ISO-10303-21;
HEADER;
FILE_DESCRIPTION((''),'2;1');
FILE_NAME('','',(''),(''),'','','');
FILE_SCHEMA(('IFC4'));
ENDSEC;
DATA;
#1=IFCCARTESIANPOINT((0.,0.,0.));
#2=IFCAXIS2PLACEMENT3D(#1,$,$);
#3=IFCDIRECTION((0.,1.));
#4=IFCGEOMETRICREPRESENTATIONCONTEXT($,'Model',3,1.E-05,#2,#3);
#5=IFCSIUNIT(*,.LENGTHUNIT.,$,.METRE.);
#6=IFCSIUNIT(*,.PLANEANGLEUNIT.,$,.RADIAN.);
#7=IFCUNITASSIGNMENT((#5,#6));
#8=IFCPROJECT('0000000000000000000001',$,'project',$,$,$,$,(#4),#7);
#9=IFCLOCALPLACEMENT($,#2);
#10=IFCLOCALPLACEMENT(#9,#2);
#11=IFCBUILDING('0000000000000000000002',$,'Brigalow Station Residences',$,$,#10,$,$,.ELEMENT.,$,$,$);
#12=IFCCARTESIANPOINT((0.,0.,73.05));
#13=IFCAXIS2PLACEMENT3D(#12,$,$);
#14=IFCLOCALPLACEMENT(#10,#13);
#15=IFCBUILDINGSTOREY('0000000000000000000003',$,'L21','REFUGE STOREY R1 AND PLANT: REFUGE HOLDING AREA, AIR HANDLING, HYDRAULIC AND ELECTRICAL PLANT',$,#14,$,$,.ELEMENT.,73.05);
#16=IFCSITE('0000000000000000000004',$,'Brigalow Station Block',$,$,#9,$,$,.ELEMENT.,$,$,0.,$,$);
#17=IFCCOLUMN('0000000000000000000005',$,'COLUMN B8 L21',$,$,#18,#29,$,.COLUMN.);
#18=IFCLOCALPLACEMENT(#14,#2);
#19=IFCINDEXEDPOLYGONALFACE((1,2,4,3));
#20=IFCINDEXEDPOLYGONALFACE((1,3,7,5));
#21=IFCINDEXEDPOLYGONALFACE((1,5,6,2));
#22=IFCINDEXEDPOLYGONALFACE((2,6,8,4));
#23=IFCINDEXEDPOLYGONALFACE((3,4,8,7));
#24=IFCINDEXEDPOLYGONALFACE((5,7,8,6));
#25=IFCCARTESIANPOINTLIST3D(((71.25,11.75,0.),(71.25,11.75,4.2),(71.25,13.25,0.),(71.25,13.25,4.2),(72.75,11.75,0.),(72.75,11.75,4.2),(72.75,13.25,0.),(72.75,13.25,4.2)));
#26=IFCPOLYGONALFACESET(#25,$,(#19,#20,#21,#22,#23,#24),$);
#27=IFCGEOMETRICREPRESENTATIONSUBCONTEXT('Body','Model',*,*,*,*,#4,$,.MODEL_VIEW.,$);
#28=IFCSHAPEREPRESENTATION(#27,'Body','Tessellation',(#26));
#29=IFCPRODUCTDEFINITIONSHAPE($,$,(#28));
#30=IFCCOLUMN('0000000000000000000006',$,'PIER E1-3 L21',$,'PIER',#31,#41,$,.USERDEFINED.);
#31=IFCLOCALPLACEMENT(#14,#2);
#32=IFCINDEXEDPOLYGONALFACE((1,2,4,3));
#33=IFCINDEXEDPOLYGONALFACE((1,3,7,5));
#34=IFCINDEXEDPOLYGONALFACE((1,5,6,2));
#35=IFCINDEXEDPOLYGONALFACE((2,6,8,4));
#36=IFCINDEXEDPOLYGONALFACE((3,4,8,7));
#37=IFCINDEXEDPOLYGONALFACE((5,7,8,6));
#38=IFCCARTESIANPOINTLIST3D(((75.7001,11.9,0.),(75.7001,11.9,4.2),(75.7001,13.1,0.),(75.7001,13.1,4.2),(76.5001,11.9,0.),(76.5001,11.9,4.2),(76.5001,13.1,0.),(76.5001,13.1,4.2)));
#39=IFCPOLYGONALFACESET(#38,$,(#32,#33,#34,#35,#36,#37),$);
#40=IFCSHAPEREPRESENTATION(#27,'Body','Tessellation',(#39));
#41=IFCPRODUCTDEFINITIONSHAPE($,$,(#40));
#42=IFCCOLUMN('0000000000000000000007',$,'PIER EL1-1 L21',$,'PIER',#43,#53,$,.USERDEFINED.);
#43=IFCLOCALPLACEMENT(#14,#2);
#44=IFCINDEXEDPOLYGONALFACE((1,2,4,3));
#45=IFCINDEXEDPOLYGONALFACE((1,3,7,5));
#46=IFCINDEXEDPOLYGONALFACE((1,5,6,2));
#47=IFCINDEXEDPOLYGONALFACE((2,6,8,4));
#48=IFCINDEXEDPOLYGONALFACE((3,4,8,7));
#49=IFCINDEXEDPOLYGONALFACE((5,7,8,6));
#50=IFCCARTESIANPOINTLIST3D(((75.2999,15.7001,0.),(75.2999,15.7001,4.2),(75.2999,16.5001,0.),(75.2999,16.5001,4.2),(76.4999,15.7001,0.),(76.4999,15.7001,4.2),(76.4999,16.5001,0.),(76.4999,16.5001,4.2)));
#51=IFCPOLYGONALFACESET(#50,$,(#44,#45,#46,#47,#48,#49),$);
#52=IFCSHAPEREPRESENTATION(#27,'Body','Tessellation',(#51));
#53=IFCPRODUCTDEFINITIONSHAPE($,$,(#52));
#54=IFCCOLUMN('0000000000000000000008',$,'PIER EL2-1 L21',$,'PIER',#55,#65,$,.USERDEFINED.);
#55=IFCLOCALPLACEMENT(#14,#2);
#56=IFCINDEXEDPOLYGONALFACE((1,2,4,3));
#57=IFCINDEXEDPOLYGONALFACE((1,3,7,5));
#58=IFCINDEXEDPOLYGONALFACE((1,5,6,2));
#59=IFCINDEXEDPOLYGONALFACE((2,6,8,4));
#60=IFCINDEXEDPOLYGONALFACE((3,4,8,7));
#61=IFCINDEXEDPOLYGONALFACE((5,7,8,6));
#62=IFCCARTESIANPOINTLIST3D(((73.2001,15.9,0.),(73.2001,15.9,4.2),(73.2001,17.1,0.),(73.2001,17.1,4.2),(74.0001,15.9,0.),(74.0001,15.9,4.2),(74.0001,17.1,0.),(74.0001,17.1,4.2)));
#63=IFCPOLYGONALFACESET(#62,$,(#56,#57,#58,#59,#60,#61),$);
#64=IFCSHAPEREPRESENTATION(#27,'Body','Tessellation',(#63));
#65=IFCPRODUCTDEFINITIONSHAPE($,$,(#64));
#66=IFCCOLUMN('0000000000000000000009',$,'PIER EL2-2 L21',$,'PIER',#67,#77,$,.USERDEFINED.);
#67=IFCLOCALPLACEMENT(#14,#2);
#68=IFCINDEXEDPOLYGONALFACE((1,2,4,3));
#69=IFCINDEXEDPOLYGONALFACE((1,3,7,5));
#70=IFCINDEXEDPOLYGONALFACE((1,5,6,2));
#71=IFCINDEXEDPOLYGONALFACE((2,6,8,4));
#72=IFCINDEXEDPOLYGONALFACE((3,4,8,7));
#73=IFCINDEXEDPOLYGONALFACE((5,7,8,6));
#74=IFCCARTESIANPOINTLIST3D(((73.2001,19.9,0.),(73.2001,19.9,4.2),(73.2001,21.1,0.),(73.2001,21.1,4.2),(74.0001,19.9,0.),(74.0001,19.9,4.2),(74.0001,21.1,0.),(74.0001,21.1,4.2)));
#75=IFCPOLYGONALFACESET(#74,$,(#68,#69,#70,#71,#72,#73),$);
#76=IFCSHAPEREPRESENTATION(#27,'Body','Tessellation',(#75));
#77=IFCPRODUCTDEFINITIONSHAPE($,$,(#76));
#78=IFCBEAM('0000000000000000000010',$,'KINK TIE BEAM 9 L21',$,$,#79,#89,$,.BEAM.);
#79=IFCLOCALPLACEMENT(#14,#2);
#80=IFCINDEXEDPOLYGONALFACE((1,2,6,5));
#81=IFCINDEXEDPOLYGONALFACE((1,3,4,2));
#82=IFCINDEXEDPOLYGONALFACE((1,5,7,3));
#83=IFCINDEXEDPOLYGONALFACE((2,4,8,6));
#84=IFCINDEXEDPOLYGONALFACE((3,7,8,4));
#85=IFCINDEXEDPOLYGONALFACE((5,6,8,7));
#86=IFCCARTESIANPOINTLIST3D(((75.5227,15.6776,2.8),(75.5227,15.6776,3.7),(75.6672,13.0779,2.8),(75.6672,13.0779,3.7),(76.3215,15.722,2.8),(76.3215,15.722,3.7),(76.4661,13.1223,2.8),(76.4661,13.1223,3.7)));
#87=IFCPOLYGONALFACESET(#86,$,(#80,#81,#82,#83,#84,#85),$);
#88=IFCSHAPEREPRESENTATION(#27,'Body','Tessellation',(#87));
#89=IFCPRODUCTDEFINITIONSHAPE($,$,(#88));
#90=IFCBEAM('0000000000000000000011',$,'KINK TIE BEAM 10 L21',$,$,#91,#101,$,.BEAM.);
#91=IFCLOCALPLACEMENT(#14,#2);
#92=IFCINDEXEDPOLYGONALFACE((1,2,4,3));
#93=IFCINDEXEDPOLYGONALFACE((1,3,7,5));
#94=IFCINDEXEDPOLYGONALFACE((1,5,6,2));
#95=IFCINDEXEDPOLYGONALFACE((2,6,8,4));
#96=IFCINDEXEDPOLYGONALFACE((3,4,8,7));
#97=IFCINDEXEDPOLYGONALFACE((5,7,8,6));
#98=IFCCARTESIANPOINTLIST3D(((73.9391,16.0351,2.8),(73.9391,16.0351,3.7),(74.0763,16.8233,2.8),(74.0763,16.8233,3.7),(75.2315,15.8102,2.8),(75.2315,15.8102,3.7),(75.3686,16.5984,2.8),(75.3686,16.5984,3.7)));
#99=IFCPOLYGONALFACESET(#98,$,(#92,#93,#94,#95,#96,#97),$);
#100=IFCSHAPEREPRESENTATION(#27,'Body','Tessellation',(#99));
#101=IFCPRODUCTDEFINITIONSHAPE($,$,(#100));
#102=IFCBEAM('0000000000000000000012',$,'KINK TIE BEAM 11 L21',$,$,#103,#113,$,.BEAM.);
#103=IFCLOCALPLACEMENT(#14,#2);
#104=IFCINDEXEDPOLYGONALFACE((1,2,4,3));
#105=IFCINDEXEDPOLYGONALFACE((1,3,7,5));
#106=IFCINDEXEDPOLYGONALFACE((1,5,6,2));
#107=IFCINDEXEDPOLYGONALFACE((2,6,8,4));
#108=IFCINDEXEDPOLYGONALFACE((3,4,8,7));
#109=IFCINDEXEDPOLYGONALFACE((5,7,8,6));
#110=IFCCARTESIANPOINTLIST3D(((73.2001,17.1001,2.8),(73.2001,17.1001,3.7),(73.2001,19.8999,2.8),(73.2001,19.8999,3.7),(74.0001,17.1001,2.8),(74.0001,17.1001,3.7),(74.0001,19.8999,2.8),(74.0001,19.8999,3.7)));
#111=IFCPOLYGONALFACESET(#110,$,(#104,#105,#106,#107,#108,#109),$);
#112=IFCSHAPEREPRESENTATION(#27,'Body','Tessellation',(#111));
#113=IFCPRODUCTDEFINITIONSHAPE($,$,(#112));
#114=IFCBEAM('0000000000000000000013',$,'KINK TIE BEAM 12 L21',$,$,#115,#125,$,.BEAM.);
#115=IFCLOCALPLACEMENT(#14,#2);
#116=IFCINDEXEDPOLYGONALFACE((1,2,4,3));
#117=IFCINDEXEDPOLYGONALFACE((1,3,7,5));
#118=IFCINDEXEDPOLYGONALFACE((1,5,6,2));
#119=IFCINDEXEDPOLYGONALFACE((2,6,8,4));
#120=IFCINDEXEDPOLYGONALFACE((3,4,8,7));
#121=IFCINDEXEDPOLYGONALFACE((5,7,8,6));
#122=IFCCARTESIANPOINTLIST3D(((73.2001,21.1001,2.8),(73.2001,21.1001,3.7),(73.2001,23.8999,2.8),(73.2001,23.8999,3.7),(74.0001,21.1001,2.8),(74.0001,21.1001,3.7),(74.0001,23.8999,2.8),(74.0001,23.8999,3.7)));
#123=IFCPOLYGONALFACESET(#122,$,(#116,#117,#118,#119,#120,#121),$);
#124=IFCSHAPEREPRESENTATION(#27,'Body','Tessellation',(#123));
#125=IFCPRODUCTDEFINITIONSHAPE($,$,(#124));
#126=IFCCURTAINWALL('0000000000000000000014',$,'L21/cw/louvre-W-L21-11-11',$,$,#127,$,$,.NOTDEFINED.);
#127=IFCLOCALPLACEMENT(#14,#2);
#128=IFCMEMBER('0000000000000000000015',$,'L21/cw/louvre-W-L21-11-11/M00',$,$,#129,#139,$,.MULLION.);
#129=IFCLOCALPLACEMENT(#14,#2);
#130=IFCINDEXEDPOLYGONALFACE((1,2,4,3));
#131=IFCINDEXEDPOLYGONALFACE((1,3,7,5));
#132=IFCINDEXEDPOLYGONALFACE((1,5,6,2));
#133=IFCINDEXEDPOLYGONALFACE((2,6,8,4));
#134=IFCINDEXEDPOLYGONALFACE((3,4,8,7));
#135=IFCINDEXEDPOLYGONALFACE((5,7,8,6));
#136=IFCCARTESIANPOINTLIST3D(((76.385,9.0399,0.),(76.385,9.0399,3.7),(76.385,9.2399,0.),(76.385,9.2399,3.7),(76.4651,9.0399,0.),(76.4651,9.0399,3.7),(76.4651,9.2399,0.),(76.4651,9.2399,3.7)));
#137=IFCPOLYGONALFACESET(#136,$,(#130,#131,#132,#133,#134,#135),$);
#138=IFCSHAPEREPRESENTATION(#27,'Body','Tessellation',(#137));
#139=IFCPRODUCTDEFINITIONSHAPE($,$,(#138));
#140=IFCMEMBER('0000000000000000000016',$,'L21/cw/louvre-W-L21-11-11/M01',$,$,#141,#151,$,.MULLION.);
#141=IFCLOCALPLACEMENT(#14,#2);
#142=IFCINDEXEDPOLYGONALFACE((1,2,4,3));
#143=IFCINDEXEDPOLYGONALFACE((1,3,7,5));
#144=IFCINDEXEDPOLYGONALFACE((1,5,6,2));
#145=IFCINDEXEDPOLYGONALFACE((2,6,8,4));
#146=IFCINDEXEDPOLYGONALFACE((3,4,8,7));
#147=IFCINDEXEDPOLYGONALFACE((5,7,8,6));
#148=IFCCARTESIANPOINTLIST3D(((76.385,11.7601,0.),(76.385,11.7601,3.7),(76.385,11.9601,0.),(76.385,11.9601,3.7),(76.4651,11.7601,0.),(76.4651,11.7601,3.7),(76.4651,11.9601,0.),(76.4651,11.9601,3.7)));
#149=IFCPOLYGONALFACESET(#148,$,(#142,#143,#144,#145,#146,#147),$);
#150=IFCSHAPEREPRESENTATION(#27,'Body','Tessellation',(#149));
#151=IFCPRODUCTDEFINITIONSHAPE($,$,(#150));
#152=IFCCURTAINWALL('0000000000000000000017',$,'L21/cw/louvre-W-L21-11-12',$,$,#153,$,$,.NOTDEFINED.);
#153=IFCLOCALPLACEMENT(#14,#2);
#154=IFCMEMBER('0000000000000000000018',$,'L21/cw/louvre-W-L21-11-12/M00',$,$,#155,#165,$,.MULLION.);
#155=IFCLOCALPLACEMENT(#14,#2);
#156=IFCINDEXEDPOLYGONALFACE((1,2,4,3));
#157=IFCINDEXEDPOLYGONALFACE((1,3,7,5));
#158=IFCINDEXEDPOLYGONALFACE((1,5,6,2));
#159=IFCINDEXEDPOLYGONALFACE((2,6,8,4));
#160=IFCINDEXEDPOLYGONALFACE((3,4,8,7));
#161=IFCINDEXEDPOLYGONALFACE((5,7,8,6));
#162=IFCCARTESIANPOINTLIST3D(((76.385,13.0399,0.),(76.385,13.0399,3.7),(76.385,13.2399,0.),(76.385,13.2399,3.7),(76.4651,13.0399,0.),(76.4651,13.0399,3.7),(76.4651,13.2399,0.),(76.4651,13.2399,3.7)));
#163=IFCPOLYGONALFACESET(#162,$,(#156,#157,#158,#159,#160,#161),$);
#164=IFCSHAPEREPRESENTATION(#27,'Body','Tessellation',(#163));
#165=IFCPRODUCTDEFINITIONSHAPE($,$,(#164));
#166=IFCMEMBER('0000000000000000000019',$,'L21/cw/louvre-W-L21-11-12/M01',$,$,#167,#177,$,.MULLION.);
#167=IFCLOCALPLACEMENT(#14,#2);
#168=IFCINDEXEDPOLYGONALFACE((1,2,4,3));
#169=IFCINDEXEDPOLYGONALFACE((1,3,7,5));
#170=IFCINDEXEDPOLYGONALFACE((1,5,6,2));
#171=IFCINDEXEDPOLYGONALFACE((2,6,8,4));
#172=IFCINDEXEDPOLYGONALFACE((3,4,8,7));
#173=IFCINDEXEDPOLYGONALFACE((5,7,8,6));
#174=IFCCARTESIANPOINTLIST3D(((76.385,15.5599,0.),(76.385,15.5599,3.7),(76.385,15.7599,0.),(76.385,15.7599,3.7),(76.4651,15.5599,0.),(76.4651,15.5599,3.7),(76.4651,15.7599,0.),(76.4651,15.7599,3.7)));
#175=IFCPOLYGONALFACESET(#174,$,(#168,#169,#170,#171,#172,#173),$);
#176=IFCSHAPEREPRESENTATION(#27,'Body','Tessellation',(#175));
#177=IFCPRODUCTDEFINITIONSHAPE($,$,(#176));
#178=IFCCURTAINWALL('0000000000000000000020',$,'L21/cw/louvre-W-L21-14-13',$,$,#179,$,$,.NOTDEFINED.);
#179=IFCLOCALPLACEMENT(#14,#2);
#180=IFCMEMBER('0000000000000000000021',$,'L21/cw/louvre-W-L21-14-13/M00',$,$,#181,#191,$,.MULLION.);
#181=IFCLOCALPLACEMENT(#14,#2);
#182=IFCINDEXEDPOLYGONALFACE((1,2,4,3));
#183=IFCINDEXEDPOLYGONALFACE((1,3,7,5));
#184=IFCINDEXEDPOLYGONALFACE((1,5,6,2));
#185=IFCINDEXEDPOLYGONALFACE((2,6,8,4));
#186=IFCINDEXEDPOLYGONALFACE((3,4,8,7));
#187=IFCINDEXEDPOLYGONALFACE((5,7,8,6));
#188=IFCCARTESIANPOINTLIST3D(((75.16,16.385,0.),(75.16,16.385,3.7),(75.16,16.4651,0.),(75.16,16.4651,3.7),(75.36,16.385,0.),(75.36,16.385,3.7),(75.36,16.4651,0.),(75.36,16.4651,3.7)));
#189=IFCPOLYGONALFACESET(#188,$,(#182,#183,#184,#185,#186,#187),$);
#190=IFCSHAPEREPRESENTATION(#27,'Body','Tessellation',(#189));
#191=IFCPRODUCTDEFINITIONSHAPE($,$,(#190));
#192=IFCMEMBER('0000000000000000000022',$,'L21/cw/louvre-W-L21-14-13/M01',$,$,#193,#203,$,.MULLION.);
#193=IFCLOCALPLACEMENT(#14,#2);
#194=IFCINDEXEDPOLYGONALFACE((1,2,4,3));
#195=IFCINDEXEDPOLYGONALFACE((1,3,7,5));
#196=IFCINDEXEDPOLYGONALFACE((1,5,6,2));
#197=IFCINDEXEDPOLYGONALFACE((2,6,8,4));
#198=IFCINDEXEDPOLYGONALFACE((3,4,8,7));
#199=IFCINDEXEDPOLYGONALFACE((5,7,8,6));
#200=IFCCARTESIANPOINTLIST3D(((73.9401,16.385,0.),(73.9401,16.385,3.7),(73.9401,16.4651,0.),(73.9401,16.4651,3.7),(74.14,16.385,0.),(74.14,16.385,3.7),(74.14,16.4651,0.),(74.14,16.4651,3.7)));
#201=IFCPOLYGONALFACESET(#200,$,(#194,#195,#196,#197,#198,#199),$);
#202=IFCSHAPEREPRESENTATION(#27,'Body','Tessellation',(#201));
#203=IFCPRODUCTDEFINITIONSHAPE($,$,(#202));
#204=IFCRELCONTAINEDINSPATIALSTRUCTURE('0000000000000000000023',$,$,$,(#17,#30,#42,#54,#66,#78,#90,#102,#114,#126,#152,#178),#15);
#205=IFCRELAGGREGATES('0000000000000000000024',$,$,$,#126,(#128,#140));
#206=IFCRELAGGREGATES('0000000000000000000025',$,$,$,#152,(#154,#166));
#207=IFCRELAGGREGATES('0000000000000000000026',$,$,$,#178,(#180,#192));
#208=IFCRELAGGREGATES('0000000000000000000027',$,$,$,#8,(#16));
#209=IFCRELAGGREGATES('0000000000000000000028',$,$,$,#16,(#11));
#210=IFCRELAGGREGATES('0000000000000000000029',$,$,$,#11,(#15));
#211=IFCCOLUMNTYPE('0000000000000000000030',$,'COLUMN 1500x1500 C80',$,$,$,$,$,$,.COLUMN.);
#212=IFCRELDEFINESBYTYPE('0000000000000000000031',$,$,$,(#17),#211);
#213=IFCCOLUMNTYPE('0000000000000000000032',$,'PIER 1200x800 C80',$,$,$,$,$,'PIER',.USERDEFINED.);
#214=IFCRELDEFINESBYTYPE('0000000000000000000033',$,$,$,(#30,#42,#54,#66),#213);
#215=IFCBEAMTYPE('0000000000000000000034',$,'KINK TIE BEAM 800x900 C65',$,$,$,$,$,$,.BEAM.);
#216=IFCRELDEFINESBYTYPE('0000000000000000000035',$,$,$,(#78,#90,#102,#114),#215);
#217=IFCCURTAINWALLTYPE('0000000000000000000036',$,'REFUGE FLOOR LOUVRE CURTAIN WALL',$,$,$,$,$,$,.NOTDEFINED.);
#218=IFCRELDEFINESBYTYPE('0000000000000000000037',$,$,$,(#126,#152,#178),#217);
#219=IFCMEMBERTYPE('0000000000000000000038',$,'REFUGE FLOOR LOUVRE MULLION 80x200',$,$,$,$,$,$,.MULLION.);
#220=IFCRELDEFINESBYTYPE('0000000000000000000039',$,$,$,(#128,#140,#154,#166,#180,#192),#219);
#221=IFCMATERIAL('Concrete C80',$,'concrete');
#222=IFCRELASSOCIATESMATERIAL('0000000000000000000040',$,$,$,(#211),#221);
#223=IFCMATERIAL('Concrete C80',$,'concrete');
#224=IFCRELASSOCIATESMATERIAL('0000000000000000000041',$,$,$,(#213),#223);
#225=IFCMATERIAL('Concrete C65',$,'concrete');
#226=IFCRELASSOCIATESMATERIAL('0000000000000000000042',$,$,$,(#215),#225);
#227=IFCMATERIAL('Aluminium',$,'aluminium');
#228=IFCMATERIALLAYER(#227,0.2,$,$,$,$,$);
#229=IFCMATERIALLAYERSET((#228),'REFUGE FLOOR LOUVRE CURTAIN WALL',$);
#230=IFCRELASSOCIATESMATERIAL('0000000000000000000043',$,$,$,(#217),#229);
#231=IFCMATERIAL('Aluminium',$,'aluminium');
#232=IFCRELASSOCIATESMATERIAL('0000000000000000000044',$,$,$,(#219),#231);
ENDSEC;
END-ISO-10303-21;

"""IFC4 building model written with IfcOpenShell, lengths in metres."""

from ifc_helpers import new_model, si_unit, direction, frame, origin, origin_2d, place, context, subcontext, project, spatial, rectangle, extrude, material, layer, layer_set, material_profile, profile_set, type_object, element, aggregate, save


model = new_model("IFC4")

# Units and contexts
model_context = context("Model", 3, precision=1e-05, world=origin(), true_north=direction((0.0, 1.0)))
body_context = subcontext(model_context, "Body", "Model", "MODEL_VIEW")
ifc_project = project(units=[si_unit("LENGTHUNIT", "METRE"), si_unit("PLANEANGLEUNIT", "RADIAN")], contexts=[model_context])

# Site, building, storey
site_placement = place(None, origin())
site = spatial("IfcSite", under=ifc_project, at=site_placement, Name="Brigalow Station Block", CompositionType="ELEMENT", RefElevation=0.0)
building_placement = place(site_placement, origin())
building = spatial("IfcBuilding", under=site, at=building_placement, Name="Brigalow Station Residences", CompositionType="ELEMENT")
storey_placement = place(building_placement, frame((0.0, 0.0, 73.05)))
storey = spatial("IfcBuildingStorey", under=building, at=storey_placement, Name="L21", Description="REFUGE STOREY R1 AND PLANT: REFUGE HOLDING AREA, AIR HANDLING, HYDRAULIC AND ELECTRICAL PLANT", CompositionType="ELEMENT", Elevation=73.05)

# Columns
ifc_material_1 = material(Name="Concrete C80", Category="concrete")
ifc_material_profile_1 = material_profile(ifc_material_1, rectangle(XDim=1.5, YDim=1.5, at=origin_2d()), Name="RC1500x1500")
ifc_profile_set_1 = profile_set([ifc_material_profile_1], Name="Concrete C80")
column_type_1 = type_object("IfcColumnType", Name="COLUMN 1500x1500 C80", PredefinedType="COLUMN", material=ifc_profile_set_1)
column_placement = place(storey_placement, frame((72.0, 12.5, 0.0), z_axis=(0.0, 0.0, 1.0), x_axis=(1.0, 0.0, 0.0)))
element("IfcColumn", 1, at=column_placement, inside=storey, type_object=column_type_1, Name="COLUMN B8 L21", PredefinedType="COLUMN", context=body_context, shape_type="SweptSolid", body=[
    extrude(rectangle(XDim=1.5, YDim=1.5, at=origin_2d()), origin(), (0.0, 0.0, 1.0), 4.2),
])
ifc_material_2 = material(Name="Concrete C80", Category="concrete")
ifc_material_profile_2 = material_profile(ifc_material_2, rectangle(XDim=1.2, YDim=0.8, at=origin_2d()), Name="RC1200x800")
ifc_profile_set_2 = profile_set([ifc_material_profile_2], Name="Concrete C80")
column_type_2 = type_object("IfcColumnType", Name="PIER 1200x800 C80", ElementType="PIER", PredefinedType="USERDEFINED", material=ifc_profile_set_2)
for number, where, z_axis, x_axis, name in (
    (2, (76.1001, 12.5, 0.0), (0.0, 0.0, 1.0), (0.0, 1.0, 0.0), "PIER E1-3 L21"),
    (3, (75.8999, 16.1001, 0.0), (0.0, 0.0, 1.0), (-1.0, 0.0, 0.0), "PIER EL1-1 L21"),
    (4, (73.6001, 16.5, 0.0), (0.0, 0.0, 1.0), (0.0, 1.0, 0.0), "PIER EL2-1 L21"),
    (5, (73.6001, 20.5, 0.0), (0.0, 0.0, 1.0), (0.0, 1.0, 0.0), "PIER EL2-2 L21"),
):
    element("IfcColumn", number, at=place(storey_placement, frame(where, z_axis=z_axis, x_axis=x_axis)), inside=storey, type_object=column_type_2, Name=name, ObjectType="PIER", PredefinedType="USERDEFINED", context=body_context, shape_type="SweptSolid", body=[
        extrude(rectangle(XDim=1.2, YDim=0.8, at=origin_2d()), origin(), (0.0, 0.0, 1.0), 4.2),
    ])

# Beams
ifc_material_3 = material(Name="Concrete C65", Category="concrete")
ifc_material_profile_3 = material_profile(ifc_material_3, rectangle(XDim=0.8, YDim=0.8999, at=origin_2d()), Name="RC800x900")
ifc_profile_set_3 = profile_set([ifc_material_profile_3], Name="Concrete C65")
beam_type = type_object("IfcBeamType", Name="KINK TIE BEAM 800x900 C65", PredefinedType="BEAM", material=ifc_profile_set_3)
beam_1_placement = place(storey_placement, frame((76.0667, 13.1001, 3.25), z_axis=(-0.055506, 0.998458, 0.0), x_axis=(-0.998458, -0.055506, 0.0)))
element("IfcBeam", 6, at=beam_1_placement, inside=storey, type_object=beam_type, Name="KINK TIE BEAM 9 L21", PredefinedType="BEAM", context=body_context, shape_type="SweptSolid", body=[
    extrude(rectangle(XDim=0.8, YDim=0.8999, at=origin_2d()), origin(), (0.0, 0.0, 1.0), 2.6038),
])
beam_2_placement = place(storey_placement, frame((75.3, 16.2043, 3.25), z_axis=(-0.985197, 0.171428, 0.0), x_axis=(-0.171428, -0.985197, 0.0)))
element("IfcBeam", 7, at=beam_2_placement, inside=storey, type_object=beam_type, Name="KINK TIE BEAM 10 L21", PredefinedType="BEAM", context=body_context, shape_type="SweptSolid", body=[
    extrude(rectangle(XDim=0.8, YDim=0.8999, at=origin_2d()), origin(), (0.0, 0.0, 1.0), 1.3118),
])
for number, where, z_axis, x_axis, name in (
    (8, (73.6001, 17.1001, 3.25), (0.0, 1.0, 0.0), (-1.0, 0.0, 0.0), "KINK TIE BEAM 11 L21"),
    (9, (73.6001, 21.1001, 3.25), (0.0, 1.0, 0.0), (-1.0, 0.0, 0.0), "KINK TIE BEAM 12 L21"),
):
    element("IfcBeam", number, at=place(storey_placement, frame(where, z_axis=z_axis, x_axis=x_axis)), inside=storey, type_object=beam_type, Name=name, PredefinedType="BEAM", context=body_context, shape_type="SweptSolid", body=[
        extrude(rectangle(XDim=0.8, YDim=0.8999, at=origin_2d()), origin(), (0.0, 0.0, 1.0), 2.7998),
    ])

# Curtain walls, members
ifc_material_4 = material(Name="Aluminium", Category="aluminium")
ifc_layer_1 = layer(ifc_material_4, 0.2)
ifc_layer_set_1 = layer_set([ifc_layer_1], Name="REFUGE FLOOR LOUVRE CURTAIN WALL")
curtain_wall_type = type_object("IfcCurtainWallType", Name="REFUGE FLOOR LOUVRE CURTAIN WALL", PredefinedType="NOTDEFINED", material=ifc_layer_set_1)
curtain_wall_1_placement = place(storey_placement, origin())
curtain_wall_1 = element("IfcCurtainWall", 10, at=curtain_wall_1_placement, inside=storey, type_object=curtain_wall_type, Name="L21/cw/louvre-W-L21-11-11", PredefinedType="NOTDEFINED")
ifc_material_5 = material(Name="Aluminium", Category="aluminium")
ifc_material_profile_4 = material_profile(ifc_material_5, rectangle(XDim=0.0801, YDim=0.2, at=origin_2d()), Name="REFUGE FLOOR LOUVRE MULLION 80x200")
ifc_profile_set_4 = profile_set([ifc_material_profile_4], Name="Aluminium")
member_type_1 = type_object("IfcMemberType", Name="REFUGE FLOOR LOUVRE MULLION 80x200", PredefinedType="MULLION", material=ifc_profile_set_4)
member_1_placement = place(storey_placement, frame((76.425, 9.1399, 0.0), z_axis=(0.0, 0.0, 1.0), x_axis=(-1.0, 0.0, 0.0)))
member_1 = element("IfcMember", 11, at=member_1_placement, type_object=member_type_1, Name="L21/cw/louvre-W-L21-11-11/M00", PredefinedType="MULLION", context=body_context, shape_type="SweptSolid", body=[
    extrude(rectangle(XDim=0.0801, YDim=0.2, at=origin_2d()), origin(), (0.0, 0.0, 1.0), 3.7),
])
member_2_placement = place(storey_placement, frame((76.425, 11.8601, 0.0), z_axis=(0.0, 0.0, 1.0), x_axis=(-1.0, 0.0, 0.0)))
member_2 = element("IfcMember", 12, at=member_2_placement, type_object=member_type_1, Name="L21/cw/louvre-W-L21-11-11/M01", PredefinedType="MULLION", context=body_context, shape_type="SweptSolid", body=[
    extrude(rectangle(XDim=0.0801, YDim=0.2, at=origin_2d()), origin(), (0.0, 0.0, 1.0), 3.7),
])
curtain_wall_2_placement = place(storey_placement, origin())
curtain_wall_2 = element("IfcCurtainWall", 13, at=curtain_wall_2_placement, inside=storey, type_object=curtain_wall_type, Name="L21/cw/louvre-W-L21-11-12", PredefinedType="NOTDEFINED")
member_3_placement = place(storey_placement, frame((76.425, 13.1399, 0.0), z_axis=(0.0, 0.0, 1.0), x_axis=(-1.0, 0.0, 0.0)))
member_3 = element("IfcMember", 14, at=member_3_placement, type_object=member_type_1, Name="L21/cw/louvre-W-L21-11-12/M00", PredefinedType="MULLION", context=body_context, shape_type="SweptSolid", body=[
    extrude(rectangle(XDim=0.0801, YDim=0.2, at=origin_2d()), origin(), (0.0, 0.0, 1.0), 3.7),
])
member_4_placement = place(storey_placement, frame((76.425, 15.6599, 0.0), z_axis=(0.0, 0.0, 1.0), x_axis=(-1.0, 0.0, 0.0)))
member_4 = element("IfcMember", 15, at=member_4_placement, type_object=member_type_1, Name="L21/cw/louvre-W-L21-11-12/M01", PredefinedType="MULLION", context=body_context, shape_type="SweptSolid", body=[
    extrude(rectangle(XDim=0.0801, YDim=0.2, at=origin_2d()), origin(), (0.0, 0.0, 1.0), 3.7),
])
curtain_wall_3_placement = place(storey_placement, origin())
curtain_wall_3 = element("IfcCurtainWall", 16, at=curtain_wall_3_placement, inside=storey, type_object=curtain_wall_type, Name="L21/cw/louvre-W-L21-14-13", PredefinedType="NOTDEFINED")
member_5_placement = place(storey_placement, frame((75.26, 16.425, 0.0), z_axis=(0.0, 0.0, 1.0), x_axis=(0.0, -1.0, 0.0)))
member_5 = element("IfcMember", 17, at=member_5_placement, type_object=member_type_1, Name="L21/cw/louvre-W-L21-14-13/M00", PredefinedType="MULLION", context=body_context, shape_type="SweptSolid", body=[
    extrude(rectangle(XDim=0.0801, YDim=0.2, at=origin_2d()), origin(), (0.0, 0.0, 1.0), 3.7),
])
member_6_placement = place(storey_placement, frame((74.04, 16.425, 0.0), z_axis=(0.0, 0.0, 1.0), x_axis=(0.0, -1.0, 0.0)))
member_6 = element("IfcMember", 18, at=member_6_placement, type_object=member_type_1, Name="L21/cw/louvre-W-L21-14-13/M01", PredefinedType="MULLION", context=body_context, shape_type="SweptSolid", body=[
    extrude(rectangle(XDim=0.0801, YDim=0.2, at=origin_2d()), origin(), (0.0, 0.0, 1.0), 3.7),
])

aggregate(curtain_wall_1, [member_1, member_2])
aggregate(curtain_wall_2, [member_3, member_4])
aggregate(curtain_wall_3, [member_5, member_6])

save(model, "model.ifc")
